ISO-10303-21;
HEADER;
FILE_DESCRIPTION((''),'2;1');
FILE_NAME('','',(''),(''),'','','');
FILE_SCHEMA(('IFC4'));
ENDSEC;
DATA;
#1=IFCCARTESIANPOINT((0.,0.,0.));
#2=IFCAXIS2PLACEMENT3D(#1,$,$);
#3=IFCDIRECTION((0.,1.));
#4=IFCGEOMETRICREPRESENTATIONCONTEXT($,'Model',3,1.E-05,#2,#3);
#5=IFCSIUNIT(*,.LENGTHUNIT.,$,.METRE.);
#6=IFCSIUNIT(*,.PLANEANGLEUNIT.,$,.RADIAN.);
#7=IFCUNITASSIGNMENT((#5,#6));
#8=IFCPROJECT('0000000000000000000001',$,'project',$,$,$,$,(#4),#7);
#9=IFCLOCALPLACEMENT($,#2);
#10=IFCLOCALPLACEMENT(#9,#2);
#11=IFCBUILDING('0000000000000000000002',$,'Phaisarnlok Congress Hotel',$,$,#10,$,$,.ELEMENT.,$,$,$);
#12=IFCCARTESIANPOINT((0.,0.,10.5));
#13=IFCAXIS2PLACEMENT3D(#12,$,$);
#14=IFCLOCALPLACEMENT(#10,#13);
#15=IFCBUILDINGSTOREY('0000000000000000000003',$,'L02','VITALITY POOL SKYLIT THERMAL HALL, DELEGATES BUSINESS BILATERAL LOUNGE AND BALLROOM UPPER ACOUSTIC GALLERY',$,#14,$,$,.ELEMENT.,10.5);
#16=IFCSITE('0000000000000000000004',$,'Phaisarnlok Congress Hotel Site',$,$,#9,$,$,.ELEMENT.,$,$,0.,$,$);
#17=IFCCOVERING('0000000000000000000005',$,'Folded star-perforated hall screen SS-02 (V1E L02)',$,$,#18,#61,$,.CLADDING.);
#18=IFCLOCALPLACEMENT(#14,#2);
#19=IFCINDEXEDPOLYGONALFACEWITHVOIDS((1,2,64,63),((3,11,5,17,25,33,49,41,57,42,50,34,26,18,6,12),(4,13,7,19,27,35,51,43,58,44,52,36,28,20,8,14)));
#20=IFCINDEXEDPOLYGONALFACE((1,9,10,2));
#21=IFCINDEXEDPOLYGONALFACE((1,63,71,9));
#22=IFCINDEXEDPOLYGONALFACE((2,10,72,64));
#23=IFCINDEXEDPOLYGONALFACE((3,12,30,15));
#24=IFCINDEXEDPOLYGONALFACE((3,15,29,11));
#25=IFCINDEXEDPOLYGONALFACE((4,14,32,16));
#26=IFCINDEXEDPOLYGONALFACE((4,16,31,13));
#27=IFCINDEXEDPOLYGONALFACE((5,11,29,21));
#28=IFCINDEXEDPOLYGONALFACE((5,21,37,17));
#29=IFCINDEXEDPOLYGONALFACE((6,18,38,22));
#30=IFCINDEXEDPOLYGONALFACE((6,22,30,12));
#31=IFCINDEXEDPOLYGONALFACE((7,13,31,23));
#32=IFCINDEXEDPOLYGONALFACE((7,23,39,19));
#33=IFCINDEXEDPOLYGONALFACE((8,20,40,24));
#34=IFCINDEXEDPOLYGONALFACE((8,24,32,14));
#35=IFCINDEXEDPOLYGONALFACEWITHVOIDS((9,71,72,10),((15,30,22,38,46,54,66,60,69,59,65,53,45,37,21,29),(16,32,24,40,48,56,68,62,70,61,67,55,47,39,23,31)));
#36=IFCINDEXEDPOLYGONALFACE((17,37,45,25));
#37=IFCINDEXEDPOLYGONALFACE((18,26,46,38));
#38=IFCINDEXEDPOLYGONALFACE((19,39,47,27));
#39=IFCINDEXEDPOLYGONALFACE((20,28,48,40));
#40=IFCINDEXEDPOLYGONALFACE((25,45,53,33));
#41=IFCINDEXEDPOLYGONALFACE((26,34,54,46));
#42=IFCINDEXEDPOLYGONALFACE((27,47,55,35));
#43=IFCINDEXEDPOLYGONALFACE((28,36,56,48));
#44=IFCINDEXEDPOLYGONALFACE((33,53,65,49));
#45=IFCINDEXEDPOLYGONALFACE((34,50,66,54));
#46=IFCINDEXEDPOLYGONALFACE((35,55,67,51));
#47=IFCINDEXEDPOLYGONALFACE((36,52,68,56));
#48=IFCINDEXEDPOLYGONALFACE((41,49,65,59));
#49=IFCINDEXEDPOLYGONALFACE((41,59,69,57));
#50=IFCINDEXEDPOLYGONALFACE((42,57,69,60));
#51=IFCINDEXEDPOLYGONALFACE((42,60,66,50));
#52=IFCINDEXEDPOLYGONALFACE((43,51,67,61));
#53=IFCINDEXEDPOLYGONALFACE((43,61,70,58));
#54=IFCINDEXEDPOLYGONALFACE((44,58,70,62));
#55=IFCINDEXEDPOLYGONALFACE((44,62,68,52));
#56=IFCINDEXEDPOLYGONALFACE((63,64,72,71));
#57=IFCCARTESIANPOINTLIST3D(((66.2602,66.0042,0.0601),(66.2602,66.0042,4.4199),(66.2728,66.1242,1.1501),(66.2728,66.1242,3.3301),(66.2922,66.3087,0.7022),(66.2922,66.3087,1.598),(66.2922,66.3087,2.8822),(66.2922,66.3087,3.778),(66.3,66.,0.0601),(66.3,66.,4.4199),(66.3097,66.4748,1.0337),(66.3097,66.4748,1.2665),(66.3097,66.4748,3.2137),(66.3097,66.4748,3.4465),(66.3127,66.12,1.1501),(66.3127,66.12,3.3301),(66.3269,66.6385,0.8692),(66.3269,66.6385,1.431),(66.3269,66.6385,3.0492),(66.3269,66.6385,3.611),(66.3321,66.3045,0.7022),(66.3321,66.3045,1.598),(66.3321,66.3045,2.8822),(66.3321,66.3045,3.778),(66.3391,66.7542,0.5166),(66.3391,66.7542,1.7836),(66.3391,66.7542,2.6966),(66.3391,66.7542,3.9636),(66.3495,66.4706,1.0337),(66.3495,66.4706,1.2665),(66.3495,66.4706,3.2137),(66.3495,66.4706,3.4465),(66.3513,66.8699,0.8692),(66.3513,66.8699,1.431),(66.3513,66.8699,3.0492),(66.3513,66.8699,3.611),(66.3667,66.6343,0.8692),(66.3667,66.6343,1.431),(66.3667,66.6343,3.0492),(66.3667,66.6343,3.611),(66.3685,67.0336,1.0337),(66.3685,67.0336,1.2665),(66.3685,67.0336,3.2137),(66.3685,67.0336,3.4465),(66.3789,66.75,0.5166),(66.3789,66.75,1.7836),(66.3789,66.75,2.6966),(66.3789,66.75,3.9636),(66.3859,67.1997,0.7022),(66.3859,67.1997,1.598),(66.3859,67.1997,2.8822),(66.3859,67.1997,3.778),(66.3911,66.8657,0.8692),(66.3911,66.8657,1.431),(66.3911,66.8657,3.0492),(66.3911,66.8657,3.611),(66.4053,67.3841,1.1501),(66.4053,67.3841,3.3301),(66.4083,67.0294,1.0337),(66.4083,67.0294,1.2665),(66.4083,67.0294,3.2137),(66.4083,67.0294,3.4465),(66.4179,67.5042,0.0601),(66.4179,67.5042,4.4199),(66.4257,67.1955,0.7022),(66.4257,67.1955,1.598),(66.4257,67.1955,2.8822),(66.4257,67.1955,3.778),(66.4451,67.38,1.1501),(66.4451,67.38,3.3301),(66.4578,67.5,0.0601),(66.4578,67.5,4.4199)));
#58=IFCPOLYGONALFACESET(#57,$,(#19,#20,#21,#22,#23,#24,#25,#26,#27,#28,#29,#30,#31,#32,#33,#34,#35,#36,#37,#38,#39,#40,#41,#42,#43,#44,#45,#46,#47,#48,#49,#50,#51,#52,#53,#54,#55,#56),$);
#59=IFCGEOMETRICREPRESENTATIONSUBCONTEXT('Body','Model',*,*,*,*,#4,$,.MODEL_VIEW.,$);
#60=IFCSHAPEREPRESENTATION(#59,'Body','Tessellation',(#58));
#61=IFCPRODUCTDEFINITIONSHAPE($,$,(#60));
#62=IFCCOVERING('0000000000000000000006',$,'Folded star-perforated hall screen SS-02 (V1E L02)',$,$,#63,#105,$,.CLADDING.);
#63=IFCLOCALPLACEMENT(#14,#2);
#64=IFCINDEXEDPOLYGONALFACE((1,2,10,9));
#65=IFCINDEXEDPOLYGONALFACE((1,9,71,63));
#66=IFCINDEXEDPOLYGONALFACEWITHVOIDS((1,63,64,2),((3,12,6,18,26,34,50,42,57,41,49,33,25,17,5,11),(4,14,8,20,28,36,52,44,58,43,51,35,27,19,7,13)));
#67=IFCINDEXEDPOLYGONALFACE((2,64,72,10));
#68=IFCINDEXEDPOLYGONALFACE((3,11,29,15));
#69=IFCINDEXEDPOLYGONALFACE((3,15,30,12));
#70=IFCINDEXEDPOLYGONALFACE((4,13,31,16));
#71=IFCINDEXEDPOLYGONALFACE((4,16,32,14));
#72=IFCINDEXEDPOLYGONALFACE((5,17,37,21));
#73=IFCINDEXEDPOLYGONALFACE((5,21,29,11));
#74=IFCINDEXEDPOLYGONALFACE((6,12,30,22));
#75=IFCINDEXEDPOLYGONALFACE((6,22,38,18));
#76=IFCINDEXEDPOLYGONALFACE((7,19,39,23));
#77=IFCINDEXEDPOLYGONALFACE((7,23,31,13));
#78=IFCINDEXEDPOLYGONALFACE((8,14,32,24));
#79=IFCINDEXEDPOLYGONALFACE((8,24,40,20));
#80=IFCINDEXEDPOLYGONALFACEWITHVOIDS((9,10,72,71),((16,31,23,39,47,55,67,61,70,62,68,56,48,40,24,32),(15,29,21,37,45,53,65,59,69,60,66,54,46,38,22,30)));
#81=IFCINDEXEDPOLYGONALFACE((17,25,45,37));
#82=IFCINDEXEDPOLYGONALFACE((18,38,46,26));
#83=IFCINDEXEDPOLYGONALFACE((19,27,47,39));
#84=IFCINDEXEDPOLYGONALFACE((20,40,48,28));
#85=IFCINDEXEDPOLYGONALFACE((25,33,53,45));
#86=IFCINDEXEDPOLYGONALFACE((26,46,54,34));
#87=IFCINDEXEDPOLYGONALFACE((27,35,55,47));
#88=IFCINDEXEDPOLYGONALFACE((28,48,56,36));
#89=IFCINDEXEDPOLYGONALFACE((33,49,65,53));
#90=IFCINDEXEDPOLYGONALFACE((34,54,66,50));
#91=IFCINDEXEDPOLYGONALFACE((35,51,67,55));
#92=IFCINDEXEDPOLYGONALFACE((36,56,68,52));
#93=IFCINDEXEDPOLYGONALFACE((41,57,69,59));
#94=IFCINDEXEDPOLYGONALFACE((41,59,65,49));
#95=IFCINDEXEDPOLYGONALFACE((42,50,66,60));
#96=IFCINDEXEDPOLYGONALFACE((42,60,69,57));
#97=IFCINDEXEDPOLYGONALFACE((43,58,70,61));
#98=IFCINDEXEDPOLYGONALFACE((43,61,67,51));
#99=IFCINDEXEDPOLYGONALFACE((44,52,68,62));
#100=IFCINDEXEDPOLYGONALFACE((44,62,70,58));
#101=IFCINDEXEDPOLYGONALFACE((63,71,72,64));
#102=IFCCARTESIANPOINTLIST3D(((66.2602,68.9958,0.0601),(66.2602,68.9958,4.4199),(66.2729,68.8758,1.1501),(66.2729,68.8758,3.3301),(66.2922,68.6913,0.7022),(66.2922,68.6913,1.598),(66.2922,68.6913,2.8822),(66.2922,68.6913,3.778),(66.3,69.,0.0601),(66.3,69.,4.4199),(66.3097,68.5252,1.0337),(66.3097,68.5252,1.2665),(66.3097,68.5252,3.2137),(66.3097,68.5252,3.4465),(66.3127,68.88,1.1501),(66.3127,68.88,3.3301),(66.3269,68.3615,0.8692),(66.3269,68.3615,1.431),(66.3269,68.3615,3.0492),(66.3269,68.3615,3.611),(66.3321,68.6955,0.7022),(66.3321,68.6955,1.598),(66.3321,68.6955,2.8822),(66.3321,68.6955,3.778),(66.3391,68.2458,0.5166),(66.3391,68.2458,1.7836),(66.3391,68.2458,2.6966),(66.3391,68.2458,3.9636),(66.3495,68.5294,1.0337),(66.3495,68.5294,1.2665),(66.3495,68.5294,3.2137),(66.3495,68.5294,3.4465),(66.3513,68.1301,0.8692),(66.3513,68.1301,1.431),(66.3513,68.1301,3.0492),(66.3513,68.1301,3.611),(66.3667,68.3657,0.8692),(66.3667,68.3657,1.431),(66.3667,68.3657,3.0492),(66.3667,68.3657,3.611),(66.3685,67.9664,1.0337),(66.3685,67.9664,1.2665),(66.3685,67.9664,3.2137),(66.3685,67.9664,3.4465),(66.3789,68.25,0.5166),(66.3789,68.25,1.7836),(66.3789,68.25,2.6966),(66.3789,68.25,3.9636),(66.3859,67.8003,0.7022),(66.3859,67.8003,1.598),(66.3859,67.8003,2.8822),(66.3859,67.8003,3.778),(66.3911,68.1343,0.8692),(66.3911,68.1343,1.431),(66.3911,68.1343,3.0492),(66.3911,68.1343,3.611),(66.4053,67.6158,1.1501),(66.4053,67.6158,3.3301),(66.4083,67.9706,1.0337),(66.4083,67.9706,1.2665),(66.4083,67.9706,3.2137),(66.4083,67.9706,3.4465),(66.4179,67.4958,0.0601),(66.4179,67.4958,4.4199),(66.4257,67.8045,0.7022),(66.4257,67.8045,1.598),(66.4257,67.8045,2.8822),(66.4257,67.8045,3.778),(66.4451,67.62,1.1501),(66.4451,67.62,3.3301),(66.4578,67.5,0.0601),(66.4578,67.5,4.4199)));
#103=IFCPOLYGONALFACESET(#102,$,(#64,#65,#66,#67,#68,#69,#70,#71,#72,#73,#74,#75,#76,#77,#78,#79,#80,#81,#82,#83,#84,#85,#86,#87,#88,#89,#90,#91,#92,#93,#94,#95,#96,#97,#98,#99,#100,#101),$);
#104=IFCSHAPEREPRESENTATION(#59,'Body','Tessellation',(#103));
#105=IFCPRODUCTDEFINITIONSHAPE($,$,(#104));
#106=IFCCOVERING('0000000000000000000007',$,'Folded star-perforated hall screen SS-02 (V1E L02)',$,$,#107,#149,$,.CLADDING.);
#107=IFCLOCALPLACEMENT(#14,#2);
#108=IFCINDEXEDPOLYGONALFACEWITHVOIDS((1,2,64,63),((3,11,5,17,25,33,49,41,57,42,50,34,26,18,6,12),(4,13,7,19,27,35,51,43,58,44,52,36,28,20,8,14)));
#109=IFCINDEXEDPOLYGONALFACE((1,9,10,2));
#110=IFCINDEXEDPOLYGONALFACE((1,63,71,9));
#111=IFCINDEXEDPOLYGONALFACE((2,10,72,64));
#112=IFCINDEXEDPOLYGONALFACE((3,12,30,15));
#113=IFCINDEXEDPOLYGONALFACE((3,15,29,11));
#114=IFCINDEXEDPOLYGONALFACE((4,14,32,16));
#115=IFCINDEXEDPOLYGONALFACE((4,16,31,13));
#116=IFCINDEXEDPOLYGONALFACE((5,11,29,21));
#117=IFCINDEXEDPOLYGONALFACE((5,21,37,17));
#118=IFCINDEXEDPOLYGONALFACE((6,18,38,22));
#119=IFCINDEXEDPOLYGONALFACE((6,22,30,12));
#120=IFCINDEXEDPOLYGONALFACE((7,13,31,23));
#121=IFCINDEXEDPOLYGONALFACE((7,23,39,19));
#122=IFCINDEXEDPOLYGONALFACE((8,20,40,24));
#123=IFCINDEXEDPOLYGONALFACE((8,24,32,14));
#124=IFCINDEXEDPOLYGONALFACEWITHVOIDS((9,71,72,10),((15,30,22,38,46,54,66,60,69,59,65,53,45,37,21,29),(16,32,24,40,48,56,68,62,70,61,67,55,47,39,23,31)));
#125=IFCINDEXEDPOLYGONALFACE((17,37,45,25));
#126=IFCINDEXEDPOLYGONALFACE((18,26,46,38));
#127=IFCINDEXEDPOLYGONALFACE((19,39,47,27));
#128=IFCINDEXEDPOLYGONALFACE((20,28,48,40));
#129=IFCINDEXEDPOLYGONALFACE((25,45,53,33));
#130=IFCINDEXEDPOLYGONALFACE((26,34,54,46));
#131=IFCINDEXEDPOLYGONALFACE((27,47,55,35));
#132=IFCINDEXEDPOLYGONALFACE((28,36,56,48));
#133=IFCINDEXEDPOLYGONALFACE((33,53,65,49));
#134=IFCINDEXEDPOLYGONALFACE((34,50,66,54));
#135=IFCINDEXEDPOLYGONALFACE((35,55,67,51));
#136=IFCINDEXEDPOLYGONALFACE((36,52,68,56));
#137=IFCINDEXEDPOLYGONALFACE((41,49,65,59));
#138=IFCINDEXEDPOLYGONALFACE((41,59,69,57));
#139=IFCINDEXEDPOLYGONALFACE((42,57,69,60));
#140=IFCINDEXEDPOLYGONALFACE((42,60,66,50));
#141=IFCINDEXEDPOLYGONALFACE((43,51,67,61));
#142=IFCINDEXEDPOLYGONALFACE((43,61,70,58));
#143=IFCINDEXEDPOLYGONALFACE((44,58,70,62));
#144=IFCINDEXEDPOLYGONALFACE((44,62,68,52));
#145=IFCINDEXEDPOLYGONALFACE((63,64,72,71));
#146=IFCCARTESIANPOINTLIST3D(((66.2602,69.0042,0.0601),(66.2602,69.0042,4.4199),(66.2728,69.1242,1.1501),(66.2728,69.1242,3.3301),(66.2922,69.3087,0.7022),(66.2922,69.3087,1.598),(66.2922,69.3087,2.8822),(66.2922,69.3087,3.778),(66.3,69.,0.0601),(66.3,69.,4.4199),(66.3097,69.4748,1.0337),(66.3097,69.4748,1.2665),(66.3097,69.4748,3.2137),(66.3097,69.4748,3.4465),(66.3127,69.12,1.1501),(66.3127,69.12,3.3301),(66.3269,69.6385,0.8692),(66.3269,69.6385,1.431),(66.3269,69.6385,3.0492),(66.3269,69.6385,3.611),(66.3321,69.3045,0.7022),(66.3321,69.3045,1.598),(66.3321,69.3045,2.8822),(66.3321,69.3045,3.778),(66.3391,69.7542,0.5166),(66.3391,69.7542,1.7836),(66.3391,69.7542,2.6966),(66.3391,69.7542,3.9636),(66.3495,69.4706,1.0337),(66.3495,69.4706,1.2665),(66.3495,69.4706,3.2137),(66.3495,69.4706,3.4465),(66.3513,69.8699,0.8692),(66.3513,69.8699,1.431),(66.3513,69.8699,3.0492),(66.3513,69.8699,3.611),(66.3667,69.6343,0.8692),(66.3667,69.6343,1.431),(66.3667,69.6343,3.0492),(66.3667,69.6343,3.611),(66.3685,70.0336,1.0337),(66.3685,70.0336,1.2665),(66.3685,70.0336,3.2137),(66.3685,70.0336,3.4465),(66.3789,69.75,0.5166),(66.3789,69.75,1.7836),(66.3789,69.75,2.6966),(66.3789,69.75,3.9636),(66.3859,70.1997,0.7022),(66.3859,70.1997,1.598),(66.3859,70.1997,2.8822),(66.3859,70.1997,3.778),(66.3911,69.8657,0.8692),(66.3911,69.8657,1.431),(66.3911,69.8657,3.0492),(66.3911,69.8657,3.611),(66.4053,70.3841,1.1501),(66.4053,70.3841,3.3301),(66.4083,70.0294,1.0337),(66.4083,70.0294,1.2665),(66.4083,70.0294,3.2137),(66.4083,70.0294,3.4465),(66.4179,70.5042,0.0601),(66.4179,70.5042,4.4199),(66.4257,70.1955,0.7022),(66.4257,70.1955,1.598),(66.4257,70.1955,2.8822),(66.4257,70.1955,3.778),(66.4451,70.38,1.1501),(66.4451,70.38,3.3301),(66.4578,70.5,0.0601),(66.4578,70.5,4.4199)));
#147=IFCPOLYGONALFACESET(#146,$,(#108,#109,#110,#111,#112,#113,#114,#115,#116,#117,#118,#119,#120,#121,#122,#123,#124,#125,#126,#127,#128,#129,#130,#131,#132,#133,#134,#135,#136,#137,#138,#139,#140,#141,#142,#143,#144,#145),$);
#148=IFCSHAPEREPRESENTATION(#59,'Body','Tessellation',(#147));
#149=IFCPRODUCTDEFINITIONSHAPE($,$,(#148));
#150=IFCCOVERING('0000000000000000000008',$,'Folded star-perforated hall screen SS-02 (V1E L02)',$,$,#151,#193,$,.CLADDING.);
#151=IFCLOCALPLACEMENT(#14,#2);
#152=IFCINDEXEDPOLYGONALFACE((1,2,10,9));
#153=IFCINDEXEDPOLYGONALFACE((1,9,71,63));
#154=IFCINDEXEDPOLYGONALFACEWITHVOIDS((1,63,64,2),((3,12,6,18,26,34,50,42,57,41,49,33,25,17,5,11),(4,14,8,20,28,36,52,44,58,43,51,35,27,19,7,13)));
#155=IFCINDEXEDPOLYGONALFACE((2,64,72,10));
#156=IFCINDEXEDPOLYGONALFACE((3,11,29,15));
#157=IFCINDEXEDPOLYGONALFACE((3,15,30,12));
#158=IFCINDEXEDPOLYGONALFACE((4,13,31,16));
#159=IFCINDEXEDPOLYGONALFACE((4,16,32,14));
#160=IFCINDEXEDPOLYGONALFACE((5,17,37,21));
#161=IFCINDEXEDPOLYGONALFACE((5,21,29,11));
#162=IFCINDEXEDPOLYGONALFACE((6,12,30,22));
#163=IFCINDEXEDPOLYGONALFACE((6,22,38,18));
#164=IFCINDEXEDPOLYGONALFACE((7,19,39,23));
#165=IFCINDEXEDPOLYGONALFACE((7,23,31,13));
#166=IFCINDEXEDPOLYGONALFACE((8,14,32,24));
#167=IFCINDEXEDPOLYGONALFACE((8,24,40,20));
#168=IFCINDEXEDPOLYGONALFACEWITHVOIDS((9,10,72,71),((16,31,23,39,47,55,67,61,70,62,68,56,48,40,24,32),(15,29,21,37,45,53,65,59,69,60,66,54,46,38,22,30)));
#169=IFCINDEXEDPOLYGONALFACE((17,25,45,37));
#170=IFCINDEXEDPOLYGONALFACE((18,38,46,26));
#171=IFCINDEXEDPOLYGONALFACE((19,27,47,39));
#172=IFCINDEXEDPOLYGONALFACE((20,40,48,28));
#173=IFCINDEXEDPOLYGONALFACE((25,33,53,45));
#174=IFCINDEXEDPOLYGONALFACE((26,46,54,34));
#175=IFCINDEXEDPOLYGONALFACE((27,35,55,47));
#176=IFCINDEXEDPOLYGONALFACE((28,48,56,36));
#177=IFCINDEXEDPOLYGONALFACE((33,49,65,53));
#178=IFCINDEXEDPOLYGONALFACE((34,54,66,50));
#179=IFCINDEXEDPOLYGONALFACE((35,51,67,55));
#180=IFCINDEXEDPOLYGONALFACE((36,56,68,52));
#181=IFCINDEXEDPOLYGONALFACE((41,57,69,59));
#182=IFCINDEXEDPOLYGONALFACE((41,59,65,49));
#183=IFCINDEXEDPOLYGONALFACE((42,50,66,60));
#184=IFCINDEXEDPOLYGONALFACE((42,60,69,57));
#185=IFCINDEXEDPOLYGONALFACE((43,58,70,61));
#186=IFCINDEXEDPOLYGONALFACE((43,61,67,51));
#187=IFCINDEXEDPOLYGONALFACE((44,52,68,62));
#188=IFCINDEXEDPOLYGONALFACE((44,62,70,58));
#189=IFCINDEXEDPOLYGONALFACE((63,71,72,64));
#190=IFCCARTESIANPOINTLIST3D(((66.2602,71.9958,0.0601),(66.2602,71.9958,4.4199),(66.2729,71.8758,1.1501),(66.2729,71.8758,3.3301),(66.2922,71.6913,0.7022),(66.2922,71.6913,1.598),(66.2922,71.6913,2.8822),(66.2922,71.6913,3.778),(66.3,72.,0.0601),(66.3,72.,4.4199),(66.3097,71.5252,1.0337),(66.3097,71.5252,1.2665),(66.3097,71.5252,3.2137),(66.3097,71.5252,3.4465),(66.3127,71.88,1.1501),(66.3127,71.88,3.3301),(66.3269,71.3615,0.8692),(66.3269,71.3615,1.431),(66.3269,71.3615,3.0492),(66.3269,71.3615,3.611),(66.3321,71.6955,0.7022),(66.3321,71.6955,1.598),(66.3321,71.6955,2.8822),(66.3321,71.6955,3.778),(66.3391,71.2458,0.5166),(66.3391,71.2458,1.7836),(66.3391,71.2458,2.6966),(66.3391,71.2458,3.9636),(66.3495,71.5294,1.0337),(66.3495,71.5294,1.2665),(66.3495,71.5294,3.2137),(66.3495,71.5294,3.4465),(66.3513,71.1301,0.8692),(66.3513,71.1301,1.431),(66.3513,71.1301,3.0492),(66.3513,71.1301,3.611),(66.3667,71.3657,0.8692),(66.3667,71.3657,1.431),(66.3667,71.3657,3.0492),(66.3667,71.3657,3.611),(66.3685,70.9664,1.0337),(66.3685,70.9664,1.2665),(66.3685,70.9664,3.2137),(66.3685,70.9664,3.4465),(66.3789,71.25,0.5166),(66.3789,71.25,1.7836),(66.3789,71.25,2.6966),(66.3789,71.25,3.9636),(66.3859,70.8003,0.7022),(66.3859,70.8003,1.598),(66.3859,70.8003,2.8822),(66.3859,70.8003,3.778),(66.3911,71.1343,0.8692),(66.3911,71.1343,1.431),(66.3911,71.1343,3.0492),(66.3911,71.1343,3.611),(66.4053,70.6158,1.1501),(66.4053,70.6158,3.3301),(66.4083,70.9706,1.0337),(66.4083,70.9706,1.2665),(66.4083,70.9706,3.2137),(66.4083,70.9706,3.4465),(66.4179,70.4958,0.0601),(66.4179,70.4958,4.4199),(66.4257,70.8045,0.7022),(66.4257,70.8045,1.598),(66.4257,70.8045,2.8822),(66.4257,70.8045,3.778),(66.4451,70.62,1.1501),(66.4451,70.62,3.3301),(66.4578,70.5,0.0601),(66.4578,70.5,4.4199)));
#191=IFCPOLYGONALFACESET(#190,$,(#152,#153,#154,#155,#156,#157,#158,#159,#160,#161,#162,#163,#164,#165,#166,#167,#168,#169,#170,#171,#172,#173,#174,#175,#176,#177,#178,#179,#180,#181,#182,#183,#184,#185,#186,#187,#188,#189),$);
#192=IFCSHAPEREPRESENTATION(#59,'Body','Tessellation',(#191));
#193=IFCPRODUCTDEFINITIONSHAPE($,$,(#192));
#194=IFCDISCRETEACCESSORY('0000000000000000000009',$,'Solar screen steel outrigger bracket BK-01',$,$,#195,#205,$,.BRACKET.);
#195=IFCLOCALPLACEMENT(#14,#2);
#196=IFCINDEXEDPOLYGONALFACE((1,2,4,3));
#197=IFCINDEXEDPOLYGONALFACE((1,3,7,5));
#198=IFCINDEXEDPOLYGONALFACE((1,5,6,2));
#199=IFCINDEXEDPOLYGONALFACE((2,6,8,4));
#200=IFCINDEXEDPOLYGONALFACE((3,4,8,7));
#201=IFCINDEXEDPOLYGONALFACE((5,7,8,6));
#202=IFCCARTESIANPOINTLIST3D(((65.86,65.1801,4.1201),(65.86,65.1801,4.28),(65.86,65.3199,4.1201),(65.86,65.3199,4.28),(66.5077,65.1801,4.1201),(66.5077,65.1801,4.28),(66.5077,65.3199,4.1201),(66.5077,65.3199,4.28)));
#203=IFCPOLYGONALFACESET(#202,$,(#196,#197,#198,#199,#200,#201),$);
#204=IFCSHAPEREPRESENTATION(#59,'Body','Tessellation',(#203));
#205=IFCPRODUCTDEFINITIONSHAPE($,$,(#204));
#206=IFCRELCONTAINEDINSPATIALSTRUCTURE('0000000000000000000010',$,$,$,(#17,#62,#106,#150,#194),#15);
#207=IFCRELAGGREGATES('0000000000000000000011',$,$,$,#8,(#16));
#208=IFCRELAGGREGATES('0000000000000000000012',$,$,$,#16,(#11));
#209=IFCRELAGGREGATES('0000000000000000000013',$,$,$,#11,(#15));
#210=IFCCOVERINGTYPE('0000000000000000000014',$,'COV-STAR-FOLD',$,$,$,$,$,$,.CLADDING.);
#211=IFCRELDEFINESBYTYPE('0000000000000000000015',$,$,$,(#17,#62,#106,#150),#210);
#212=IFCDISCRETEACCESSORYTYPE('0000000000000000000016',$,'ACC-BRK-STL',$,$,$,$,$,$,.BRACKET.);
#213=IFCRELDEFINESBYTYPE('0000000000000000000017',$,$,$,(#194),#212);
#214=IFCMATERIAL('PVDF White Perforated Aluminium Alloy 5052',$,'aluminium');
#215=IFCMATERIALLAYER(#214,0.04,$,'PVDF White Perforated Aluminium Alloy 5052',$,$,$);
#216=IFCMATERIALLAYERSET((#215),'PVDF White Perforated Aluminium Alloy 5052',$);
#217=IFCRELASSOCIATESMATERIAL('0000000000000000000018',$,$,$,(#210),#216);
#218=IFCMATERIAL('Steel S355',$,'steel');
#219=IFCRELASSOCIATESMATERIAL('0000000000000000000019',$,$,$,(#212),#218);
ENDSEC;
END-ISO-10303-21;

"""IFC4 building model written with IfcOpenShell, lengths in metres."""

from ifc_helpers import new_model, si_unit, direction, frame, origin, origin_2d, place, context, subcontext, project, spatial, polyline, rectangle, outline, extrude, material, layer, layer_set, type_object, element, save


model = new_model("IFC4")

# Units and contexts
model_context = context("Model", 3, precision=1e-05, world=origin(), true_north=direction((0.0, 1.0)))
body_context = subcontext(model_context, "Body", "Model", "MODEL_VIEW")
ifc_project = project(units=[si_unit("LENGTHUNIT", "METRE"), si_unit("PLANEANGLEUNIT", "RADIAN")], contexts=[model_context])

# Site, building, storey
site_placement = place(None, origin())
site = spatial("IfcSite", under=ifc_project, at=site_placement, Name="Phaisarnlok Congress Hotel Site", CompositionType="ELEMENT", RefElevation=0.0)
building_placement = place(site_placement, origin())
building = spatial("IfcBuilding", under=site, at=building_placement, Name="Phaisarnlok Congress Hotel", CompositionType="ELEMENT")
storey_placement = place(building_placement, frame((0.0, 0.0, 10.5)))
storey = spatial("IfcBuildingStorey", under=building, at=storey_placement, Name="L02", Description="VITALITY POOL SKYLIT THERMAL HALL, DELEGATES BUSINESS BILATERAL LOUNGE AND BALLROOM UPPER ACOUSTIC GALLERY", CompositionType="ELEMENT", Elevation=10.5)

# Shared definitions
ifc_material_1 = material(Name="Steel S355", Category="steel")

# Coverings
ifc_material_2 = material(Name="PVDF White Perforated Aluminium Alloy 5052", Category="aluminium")
ifc_layer_1 = layer(ifc_material_2, 0.04, Name="PVDF White Perforated Aluminium Alloy 5052")
ifc_layer_set_1 = layer_set([ifc_layer_1], Name="PVDF White Perforated Aluminium Alloy 5052")
covering_type = type_object("IfcCoveringType", Name="COV-STAR-FOLD", PredefinedType="CLADDING", material=ifc_layer_set_1)
for number, where, z_axis, x_axis, name in (
    (1, (66.4578, 67.5, 0.0601), (-0.994518, 0.104567, 0.0), (-0.104567, -0.994518, 0.0), "Folded star-perforated hall screen SS-02 (V1E L02)"),
    (2, (66.3, 69.0, 0.0601), (-0.994518, -0.104567, 0.0), (0.104567, -0.994518, 0.0), "Folded star-perforated hall screen SS-02 (V1E L02)"),
    (3, (66.4578, 70.5, 0.0601), (-0.994518, 0.104567, 0.0), (-0.104567, -0.994518, 0.0), "Folded star-perforated hall screen SS-02 (V1E L02)"),
    (4, (66.3, 72.0, 0.0601), (-0.994518, -0.104567, 0.0), (0.104567, -0.994518, 0.0), "Folded star-perforated hall screen SS-02 (V1E L02)"),
):
    element("IfcCovering", number, at=place(storey_placement, frame(where, z_axis=z_axis, x_axis=x_axis)), inside=storey, type_object=covering_type, Name=name, PredefinedType="CLADDING", context=body_context, shape_type="SweptSolid", body=[
        extrude(outline(polyline([(0.0, 0.0), (1.5083, 0.0), (1.5083, 4.3599), (0.0, 4.3599), (0.0, 0.0)]), holes=[polyline([(1.0351, 0.9736), (1.2021, 0.6421), (0.8705, 0.8091), (0.7541, 0.4565), (0.6378, 0.8091), (0.3062, 0.6421), (0.4732, 0.9736), (0.1207, 1.09), (0.4732, 1.2064), (0.3062, 1.5379), (0.6378, 1.3709), (0.7541, 1.7235), (0.8705, 1.3709), (1.2021, 1.5379), (1.0351, 1.2064), (1.3876, 1.09), (1.0351, 0.9736)]), polyline([(1.0351, 3.1536), (1.2021, 2.8221), (0.8705, 2.9891), (0.7541, 2.6365), (0.6378, 2.9891), (0.3062, 2.8221), (0.4732, 3.1536), (0.1207, 3.27), (0.4732, 3.3864), (0.3062, 3.7179), (0.6378, 3.5509), (0.7541, 3.9035), (0.8705, 3.5509), (1.2021, 3.7179), (1.0351, 3.3864), (1.3876, 3.27), (1.0351, 3.1536)])]), origin(), (0.0, 0.0, 1.0), 0.04),
    ])

# Discrete accessory
discrete_accessory_type = type_object("IfcDiscreteAccessoryType", Name="ACC-BRK-STL", PredefinedType="BRACKET", material=ifc_material_1)
for number, where, z_axis, x_axis, name in (
    (5, (66.1838, 65.25, 4.1201), (0.0, 0.0, 1.0), (1.0, 0.0, 0.0), "Solar screen steel outrigger bracket BK-01"),
):
    element("IfcDiscreteAccessory", number, at=place(storey_placement, frame(where, z_axis=z_axis, x_axis=x_axis)), inside=storey, type_object=discrete_accessory_type, Name=name, PredefinedType="BRACKET", context=body_context, shape_type="SweptSolid", body=[
        extrude(rectangle(XDim=0.6477, YDim=0.1399, at=origin_2d()), origin(), (0.0, 0.0, 1.0), 0.1599),
    ])

save(model, "model.ifc")
